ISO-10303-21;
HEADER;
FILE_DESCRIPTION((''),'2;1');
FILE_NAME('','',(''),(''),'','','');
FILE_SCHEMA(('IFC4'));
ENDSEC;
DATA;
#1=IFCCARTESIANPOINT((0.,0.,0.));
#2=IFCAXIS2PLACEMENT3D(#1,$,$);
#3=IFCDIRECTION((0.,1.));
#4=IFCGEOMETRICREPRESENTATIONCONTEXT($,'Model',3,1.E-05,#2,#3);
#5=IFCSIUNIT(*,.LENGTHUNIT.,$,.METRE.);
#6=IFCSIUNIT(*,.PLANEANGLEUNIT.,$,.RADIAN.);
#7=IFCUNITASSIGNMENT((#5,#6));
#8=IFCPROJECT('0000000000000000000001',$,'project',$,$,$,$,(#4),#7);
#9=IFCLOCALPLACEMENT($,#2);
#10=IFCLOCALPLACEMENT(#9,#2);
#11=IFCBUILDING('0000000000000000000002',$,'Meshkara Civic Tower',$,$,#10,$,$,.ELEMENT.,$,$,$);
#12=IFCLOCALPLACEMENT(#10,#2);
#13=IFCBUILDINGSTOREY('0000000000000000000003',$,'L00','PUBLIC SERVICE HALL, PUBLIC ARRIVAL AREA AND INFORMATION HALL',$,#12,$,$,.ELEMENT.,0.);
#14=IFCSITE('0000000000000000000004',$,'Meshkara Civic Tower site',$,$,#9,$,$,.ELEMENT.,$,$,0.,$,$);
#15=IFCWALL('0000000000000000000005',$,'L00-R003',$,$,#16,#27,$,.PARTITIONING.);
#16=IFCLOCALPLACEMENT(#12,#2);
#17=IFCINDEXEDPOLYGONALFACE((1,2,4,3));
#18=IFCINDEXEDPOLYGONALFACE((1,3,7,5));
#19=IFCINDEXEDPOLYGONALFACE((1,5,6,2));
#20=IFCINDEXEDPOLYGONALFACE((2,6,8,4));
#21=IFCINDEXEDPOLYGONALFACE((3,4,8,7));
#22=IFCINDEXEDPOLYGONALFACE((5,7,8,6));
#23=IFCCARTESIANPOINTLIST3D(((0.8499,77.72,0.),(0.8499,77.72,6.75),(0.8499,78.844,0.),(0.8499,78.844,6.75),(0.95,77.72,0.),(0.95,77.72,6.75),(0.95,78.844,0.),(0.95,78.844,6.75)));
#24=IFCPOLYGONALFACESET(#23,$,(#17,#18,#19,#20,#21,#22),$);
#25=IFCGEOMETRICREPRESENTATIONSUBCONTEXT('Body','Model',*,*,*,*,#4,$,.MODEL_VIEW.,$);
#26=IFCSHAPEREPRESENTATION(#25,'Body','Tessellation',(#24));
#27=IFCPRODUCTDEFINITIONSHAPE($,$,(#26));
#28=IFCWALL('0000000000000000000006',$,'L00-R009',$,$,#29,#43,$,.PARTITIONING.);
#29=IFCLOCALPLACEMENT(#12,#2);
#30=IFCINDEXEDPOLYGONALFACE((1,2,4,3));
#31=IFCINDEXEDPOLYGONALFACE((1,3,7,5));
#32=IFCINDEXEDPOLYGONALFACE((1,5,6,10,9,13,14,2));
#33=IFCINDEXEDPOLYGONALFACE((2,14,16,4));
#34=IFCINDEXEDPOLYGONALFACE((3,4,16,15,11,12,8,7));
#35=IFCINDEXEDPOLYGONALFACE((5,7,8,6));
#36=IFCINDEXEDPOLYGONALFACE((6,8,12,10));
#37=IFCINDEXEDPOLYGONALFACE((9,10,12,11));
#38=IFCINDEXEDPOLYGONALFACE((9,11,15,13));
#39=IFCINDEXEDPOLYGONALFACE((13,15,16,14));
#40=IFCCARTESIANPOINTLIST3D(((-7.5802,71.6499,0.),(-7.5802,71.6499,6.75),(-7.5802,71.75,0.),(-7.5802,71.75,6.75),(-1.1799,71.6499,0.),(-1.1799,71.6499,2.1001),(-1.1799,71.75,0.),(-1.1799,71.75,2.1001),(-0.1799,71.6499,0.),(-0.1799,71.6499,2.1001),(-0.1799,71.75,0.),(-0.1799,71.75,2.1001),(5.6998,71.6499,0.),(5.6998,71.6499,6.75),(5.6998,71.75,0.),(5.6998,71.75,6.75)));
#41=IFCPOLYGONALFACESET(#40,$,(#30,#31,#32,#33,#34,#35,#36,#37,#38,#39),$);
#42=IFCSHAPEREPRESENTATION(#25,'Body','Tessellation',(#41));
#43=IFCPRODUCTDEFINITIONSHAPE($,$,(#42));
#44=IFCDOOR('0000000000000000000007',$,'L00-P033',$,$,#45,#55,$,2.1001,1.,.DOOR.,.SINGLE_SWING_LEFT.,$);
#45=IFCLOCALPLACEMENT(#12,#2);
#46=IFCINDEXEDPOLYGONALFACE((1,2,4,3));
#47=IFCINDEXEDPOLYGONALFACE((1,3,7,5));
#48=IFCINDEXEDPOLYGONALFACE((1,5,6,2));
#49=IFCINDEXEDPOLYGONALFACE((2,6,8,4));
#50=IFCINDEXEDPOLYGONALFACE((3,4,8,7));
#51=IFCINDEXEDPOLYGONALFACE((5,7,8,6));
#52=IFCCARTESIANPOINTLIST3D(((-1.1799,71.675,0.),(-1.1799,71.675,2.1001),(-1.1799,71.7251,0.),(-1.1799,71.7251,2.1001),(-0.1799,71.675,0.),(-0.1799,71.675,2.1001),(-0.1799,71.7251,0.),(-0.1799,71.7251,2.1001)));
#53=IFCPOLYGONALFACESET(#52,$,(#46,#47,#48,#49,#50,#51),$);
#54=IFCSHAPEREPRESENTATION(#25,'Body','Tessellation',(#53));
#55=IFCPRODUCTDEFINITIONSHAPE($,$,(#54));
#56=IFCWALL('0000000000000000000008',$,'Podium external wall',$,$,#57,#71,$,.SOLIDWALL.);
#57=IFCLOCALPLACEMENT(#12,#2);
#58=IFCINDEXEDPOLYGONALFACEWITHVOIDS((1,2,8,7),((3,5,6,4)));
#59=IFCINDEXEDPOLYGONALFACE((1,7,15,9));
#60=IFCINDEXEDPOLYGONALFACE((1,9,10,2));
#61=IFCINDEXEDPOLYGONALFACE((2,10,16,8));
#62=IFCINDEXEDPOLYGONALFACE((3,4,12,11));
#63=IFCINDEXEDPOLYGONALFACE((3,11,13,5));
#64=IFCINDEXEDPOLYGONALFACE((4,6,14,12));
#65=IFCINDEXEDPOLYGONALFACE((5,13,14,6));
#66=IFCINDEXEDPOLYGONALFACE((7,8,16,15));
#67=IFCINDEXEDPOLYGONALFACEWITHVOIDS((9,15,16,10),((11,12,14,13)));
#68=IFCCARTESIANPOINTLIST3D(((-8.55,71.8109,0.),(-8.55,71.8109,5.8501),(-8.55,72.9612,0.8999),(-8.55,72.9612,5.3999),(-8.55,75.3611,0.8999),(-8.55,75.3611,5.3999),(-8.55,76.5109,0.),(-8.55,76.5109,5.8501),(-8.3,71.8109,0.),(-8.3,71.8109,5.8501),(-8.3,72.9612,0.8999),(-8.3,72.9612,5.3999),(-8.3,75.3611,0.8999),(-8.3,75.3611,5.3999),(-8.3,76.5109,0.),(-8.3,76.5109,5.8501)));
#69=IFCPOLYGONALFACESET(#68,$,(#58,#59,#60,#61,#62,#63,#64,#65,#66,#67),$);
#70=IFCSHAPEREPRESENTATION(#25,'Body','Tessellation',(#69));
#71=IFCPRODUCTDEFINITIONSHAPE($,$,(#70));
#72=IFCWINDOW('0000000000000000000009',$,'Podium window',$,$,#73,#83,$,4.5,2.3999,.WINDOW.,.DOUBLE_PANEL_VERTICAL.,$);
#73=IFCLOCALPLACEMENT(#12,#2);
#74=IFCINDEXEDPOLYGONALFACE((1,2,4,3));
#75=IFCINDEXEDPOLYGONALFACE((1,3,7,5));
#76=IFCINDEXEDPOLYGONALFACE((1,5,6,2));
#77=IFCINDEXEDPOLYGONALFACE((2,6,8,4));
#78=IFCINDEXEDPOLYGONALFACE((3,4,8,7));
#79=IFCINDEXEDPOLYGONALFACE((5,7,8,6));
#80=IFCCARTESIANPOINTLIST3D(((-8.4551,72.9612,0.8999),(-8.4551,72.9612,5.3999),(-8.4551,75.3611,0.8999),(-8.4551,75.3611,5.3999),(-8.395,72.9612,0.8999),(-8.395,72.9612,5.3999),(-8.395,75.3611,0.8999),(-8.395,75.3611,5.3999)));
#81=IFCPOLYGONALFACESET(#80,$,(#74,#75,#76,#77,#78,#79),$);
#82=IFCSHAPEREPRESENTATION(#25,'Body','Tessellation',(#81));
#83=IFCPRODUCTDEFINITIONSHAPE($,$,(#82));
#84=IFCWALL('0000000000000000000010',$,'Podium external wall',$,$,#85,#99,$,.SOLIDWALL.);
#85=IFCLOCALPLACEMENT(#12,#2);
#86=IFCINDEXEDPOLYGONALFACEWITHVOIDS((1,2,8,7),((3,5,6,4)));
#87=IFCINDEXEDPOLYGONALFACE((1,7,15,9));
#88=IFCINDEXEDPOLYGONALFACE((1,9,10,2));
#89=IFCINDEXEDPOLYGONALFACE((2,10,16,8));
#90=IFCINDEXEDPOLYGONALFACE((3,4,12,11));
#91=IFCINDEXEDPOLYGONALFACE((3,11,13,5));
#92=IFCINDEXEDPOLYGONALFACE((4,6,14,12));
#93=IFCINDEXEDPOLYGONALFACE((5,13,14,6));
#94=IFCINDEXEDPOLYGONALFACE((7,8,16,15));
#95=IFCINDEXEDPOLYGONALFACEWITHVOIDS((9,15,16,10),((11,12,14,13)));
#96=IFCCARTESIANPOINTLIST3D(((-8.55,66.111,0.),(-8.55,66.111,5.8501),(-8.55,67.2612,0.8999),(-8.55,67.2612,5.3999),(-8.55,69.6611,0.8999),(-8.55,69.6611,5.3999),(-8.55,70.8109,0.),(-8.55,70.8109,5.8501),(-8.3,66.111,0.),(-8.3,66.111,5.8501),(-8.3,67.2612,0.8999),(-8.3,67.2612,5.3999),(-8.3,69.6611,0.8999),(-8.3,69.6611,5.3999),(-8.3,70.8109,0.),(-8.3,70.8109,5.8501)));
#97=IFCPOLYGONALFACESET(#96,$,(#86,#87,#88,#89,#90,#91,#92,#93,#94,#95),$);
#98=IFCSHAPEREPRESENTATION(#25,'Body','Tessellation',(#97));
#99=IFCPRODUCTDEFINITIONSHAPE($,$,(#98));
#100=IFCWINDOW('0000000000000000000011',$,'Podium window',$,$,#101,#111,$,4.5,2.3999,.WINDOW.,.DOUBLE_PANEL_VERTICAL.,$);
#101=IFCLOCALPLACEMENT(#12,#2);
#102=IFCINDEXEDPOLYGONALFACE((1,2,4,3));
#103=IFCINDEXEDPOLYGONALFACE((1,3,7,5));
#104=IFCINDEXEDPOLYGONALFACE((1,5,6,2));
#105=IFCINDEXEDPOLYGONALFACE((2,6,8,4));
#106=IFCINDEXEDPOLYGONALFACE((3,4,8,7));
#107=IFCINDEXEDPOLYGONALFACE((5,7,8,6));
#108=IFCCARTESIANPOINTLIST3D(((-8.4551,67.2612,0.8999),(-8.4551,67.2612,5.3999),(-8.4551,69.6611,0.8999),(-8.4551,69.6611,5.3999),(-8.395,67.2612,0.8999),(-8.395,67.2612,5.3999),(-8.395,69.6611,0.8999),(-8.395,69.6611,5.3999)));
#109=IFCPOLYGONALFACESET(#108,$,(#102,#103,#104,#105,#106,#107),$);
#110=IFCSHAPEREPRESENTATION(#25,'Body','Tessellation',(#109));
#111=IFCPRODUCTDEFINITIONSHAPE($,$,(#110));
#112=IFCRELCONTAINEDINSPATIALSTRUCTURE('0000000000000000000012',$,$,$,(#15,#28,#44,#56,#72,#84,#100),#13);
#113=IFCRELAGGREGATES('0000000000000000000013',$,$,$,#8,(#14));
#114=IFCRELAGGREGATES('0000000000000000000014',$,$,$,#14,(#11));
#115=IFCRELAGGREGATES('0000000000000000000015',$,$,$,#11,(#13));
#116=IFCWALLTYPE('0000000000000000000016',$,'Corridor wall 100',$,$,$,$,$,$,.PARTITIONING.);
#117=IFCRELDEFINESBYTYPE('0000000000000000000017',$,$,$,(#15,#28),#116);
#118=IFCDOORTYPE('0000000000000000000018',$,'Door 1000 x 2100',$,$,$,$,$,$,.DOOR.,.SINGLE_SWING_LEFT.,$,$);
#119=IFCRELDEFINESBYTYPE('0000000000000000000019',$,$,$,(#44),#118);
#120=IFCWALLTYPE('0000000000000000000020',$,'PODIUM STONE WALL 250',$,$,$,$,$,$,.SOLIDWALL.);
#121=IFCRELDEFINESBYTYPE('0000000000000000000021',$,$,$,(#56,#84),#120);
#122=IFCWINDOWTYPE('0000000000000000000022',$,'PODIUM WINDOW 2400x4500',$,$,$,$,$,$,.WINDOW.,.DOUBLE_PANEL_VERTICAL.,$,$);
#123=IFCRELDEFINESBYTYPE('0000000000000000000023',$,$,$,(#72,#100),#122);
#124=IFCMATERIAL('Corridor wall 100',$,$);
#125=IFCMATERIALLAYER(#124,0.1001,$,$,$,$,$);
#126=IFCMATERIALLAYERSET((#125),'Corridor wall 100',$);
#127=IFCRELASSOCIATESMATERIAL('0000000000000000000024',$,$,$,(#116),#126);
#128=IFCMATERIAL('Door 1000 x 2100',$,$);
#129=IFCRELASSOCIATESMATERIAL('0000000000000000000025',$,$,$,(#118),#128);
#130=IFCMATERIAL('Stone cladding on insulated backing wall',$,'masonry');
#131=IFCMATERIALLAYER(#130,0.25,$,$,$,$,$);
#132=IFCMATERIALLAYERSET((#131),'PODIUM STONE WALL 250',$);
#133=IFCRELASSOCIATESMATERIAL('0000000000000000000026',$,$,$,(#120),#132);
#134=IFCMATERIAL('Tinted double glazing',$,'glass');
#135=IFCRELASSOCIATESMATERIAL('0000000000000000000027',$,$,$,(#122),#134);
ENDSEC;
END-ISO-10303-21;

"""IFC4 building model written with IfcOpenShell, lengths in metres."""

from ifc_helpers import new_model, si_unit, direction, frame, frame_2d, origin, place, context, subcontext, project, spatial, rectangle, extrude, material, layer, layer_set, type_object, element, fill, save


model = new_model("IFC4")

# Units and contexts
model_context = context("Model", 3, precision=1e-05, world=origin(), true_north=direction((0.0, 1.0)))
body_context = subcontext(model_context, "Body", "Model", "MODEL_VIEW")
ifc_project = project(units=[si_unit("LENGTHUNIT", "METRE"), si_unit("PLANEANGLEUNIT", "RADIAN")], contexts=[model_context])

# Site, building, storey
site_placement = place(None, origin())
site = spatial("IfcSite", under=ifc_project, at=site_placement, Name="Meshkara Civic Tower site", CompositionType="ELEMENT", RefElevation=0.0)
building_placement = place(site_placement, origin())
building = spatial("IfcBuilding", under=site, at=building_placement, Name="Meshkara Civic Tower", CompositionType="ELEMENT")
storey_placement = place(building_placement, origin())
storey = spatial("IfcBuildingStorey", under=building, at=storey_placement, Name="L00", Description="PUBLIC SERVICE HALL, PUBLIC ARRIVAL AREA AND INFORMATION HALL", CompositionType="ELEMENT", Elevation=0.0)

# Shared definitions
ifc_material_1 = material(Name="Corridor wall 100")
ifc_layer_1 = layer(ifc_material_1, 0.1001)
ifc_layer_set_1 = layer_set([ifc_layer_1], Name="Corridor wall 100")
wall_type_1 = type_object("IfcWallType", Name="Corridor wall 100", PredefinedType="PARTITIONING", material=ifc_layer_set_1)

# Wall
wall_1_placement = place(storey_placement, frame((0.8999, 78.844, 0.0), z_axis=(0.0, 0.0, 1.0), x_axis=(0.0, -1.0, 0.0)))
element("IfcWall", 1, at=wall_1_placement, inside=storey, type_object=wall_type_1, Name="L00-R003", PredefinedType="PARTITIONING", context=body_context, shape_type="SweptSolid", body=[
    extrude(rectangle(XDim=1.124, YDim=0.1001, at=frame_2d((0.562, 0.0))), origin(), (0.0, 0.0, 1.0), 6.75),
])

# Wall, opening, door
wall_2_placement = place(storey_placement, frame((5.7, 71.7, 0.0), z_axis=(0.0, 0.0, 1.0), x_axis=(-1.0, 0.0, 0.0)))
wall_2 = element("IfcWall", 2, at=wall_2_placement, inside=storey, type_object=wall_type_1, Name="L00-R009", PredefinedType="PARTITIONING", context=body_context, shape_type="SweptSolid", body=[
    extrude(rectangle(XDim=13.28, YDim=0.1001, at=frame_2d((6.6401, 0.0))), origin(), (0.0, 0.0, 1.0), 6.75),
])
opening_1_placement = place(wall_2_placement, frame((5.8799, 0.0, 0.0)))
opening_1 = element("IfcOpeningElement", 3, at=opening_1_placement, cuts=wall_2, PredefinedType="OPENING", context=body_context, shape_type="SweptSolid", body=[
    extrude(rectangle(XDim=1.0, YDim=2.1001, at=frame_2d((0.5, 1.05))), frame((0.0, 0.0601, 0.0), z_axis=(0.0, -1.0, 0.0), x_axis=(1.0, 0.0, 0.0)), (0.0, 0.0, 1.0), 0.1201),
])
ifc_material_2 = material(Name="Door 1000 x 2100")
door_type_1 = type_object("IfcDoorType", Name="Door 1000 x 2100", OperationType="SINGLE_SWING_LEFT", PredefinedType="DOOR", material=ifc_material_2)
door_1_placement = place(opening_1_placement, origin())
door_1 = element("IfcDoor", 4, at=door_1_placement, inside=storey, type_object=door_type_1, Name="L00-P033", OperationType="SINGLE_SWING_LEFT", OverallHeight=2.1001, OverallWidth=1.0, PredefinedType="DOOR", context=body_context, shape_type="SweptSolid", body=[
    extrude(rectangle(XDim=1.0, YDim=2.1001, at=frame_2d((0.5, 1.05))), frame((0.0, 0.0249, 0.0), z_axis=(0.0, -1.0, 0.0), x_axis=(1.0, 0.0, 0.0)), (0.0, 0.0, 1.0), 0.05),
])
fill(opening_1, door_1)

# Walls, openings, windows
ifc_material_3 = material(Name="Stone cladding on insulated backing wall", Category="masonry")
ifc_layer_2 = layer(ifc_material_3, 0.25)
ifc_layer_set_2 = layer_set([ifc_layer_2], Name="PODIUM STONE WALL 250")
wall_type_2 = type_object("IfcWallType", Name="PODIUM STONE WALL 250", PredefinedType="SOLIDWALL", material=ifc_layer_set_2)
wall_3_placement = place(storey_placement, frame((-8.425, 76.511, 0.0), z_axis=(0.0, 0.0, 1.0), x_axis=(0.0, -1.0, 0.0)))
wall_3 = element("IfcWall", 5, at=wall_3_placement, inside=storey, type_object=wall_type_2, Name="Podium external wall", PredefinedType="SOLIDWALL", context=body_context, shape_type="SweptSolid", body=[
    extrude(rectangle(XDim=4.7, YDim=0.25, at=frame_2d((2.3501, 0.0))), origin(), (0.0, 0.0, 1.0), 5.8501),
])
opening_2_placement = place(wall_3_placement, frame((1.1499, 0.0, 0.8999)))
opening_2 = element("IfcOpeningElement", 6, at=opening_2_placement, cuts=wall_3, PredefinedType="OPENING", context=body_context, shape_type="SweptSolid", body=[
    extrude(rectangle(XDim=2.3999, YDim=4.5, at=frame_2d((1.2, 2.25))), frame((0.0, 0.135, 0.0), z_axis=(0.0, -1.0, 0.0), x_axis=(1.0, 0.0, 0.0)), (0.0, 0.0, 1.0), 0.27),
])
ifc_material_4 = material(Name="Tinted double glazing", Category="glass")
window_type = type_object("IfcWindowType", Name="PODIUM WINDOW 2400x4500", PartitioningType="DOUBLE_PANEL_VERTICAL", PredefinedType="WINDOW", material=ifc_material_4)
window_1_placement = place(opening_2_placement, origin())
window_1 = element("IfcWindow", 7, at=window_1_placement, inside=storey, type_object=window_type, Name="Podium window", OverallHeight=4.5, OverallWidth=2.3999, PartitioningType="DOUBLE_PANEL_VERTICAL", PredefinedType="WINDOW", context=body_context, shape_type="SweptSolid", body=[
    extrude(rectangle(XDim=2.3999, YDim=4.5, at=frame_2d((1.2, 2.25))), frame((0.0, 0.03, 0.0), z_axis=(0.0, -1.0, 0.0), x_axis=(1.0, 0.0, 0.0)), (0.0, 0.0, 1.0), 0.0601),
])
fill(opening_2, window_1)
wall_4_placement = place(storey_placement, frame((-8.425, 70.811, 0.0), z_axis=(0.0, 0.0, 1.0), x_axis=(0.0, -1.0, 0.0)))
wall_4 = element("IfcWall", 8, at=wall_4_placement, inside=storey, type_object=wall_type_2, Name="Podium external wall", PredefinedType="SOLIDWALL", context=body_context, shape_type="SweptSolid", body=[
    extrude(rectangle(XDim=4.7, YDim=0.25, at=frame_2d((2.3501, 0.0))), origin(), (0.0, 0.0, 1.0), 5.8501),
])
opening_3_placement = place(wall_4_placement, frame((1.1499, 0.0, 0.8999)))
opening_3 = element("IfcOpeningElement", 9, at=opening_3_placement, cuts=wall_4, PredefinedType="OPENING", context=body_context, shape_type="SweptSolid", body=[
    extrude(rectangle(XDim=2.3999, YDim=4.5, at=frame_2d((1.2, 2.25))), frame((0.0, 0.135, 0.0), z_axis=(0.0, -1.0, 0.0), x_axis=(1.0, 0.0, 0.0)), (0.0, 0.0, 1.0), 0.27),
])
window_2_placement = place(opening_3_placement, origin())
window_2 = element("IfcWindow", 10, at=window_2_placement, inside=storey, type_object=window_type, Name="Podium window", OverallHeight=4.5, OverallWidth=2.3999, PartitioningType="DOUBLE_PANEL_VERTICAL", PredefinedType="WINDOW", context=body_context, shape_type="SweptSolid", body=[
    extrude(rectangle(XDim=2.3999, YDim=4.5, at=frame_2d((1.2, 2.25))), frame((0.0, 0.03, 0.0), z_axis=(0.0, -1.0, 0.0), x_axis=(1.0, 0.0, 0.0)), (0.0, 0.0, 1.0), 0.0601),
])
fill(opening_3, window_2)

save(model, "model.ifc")
